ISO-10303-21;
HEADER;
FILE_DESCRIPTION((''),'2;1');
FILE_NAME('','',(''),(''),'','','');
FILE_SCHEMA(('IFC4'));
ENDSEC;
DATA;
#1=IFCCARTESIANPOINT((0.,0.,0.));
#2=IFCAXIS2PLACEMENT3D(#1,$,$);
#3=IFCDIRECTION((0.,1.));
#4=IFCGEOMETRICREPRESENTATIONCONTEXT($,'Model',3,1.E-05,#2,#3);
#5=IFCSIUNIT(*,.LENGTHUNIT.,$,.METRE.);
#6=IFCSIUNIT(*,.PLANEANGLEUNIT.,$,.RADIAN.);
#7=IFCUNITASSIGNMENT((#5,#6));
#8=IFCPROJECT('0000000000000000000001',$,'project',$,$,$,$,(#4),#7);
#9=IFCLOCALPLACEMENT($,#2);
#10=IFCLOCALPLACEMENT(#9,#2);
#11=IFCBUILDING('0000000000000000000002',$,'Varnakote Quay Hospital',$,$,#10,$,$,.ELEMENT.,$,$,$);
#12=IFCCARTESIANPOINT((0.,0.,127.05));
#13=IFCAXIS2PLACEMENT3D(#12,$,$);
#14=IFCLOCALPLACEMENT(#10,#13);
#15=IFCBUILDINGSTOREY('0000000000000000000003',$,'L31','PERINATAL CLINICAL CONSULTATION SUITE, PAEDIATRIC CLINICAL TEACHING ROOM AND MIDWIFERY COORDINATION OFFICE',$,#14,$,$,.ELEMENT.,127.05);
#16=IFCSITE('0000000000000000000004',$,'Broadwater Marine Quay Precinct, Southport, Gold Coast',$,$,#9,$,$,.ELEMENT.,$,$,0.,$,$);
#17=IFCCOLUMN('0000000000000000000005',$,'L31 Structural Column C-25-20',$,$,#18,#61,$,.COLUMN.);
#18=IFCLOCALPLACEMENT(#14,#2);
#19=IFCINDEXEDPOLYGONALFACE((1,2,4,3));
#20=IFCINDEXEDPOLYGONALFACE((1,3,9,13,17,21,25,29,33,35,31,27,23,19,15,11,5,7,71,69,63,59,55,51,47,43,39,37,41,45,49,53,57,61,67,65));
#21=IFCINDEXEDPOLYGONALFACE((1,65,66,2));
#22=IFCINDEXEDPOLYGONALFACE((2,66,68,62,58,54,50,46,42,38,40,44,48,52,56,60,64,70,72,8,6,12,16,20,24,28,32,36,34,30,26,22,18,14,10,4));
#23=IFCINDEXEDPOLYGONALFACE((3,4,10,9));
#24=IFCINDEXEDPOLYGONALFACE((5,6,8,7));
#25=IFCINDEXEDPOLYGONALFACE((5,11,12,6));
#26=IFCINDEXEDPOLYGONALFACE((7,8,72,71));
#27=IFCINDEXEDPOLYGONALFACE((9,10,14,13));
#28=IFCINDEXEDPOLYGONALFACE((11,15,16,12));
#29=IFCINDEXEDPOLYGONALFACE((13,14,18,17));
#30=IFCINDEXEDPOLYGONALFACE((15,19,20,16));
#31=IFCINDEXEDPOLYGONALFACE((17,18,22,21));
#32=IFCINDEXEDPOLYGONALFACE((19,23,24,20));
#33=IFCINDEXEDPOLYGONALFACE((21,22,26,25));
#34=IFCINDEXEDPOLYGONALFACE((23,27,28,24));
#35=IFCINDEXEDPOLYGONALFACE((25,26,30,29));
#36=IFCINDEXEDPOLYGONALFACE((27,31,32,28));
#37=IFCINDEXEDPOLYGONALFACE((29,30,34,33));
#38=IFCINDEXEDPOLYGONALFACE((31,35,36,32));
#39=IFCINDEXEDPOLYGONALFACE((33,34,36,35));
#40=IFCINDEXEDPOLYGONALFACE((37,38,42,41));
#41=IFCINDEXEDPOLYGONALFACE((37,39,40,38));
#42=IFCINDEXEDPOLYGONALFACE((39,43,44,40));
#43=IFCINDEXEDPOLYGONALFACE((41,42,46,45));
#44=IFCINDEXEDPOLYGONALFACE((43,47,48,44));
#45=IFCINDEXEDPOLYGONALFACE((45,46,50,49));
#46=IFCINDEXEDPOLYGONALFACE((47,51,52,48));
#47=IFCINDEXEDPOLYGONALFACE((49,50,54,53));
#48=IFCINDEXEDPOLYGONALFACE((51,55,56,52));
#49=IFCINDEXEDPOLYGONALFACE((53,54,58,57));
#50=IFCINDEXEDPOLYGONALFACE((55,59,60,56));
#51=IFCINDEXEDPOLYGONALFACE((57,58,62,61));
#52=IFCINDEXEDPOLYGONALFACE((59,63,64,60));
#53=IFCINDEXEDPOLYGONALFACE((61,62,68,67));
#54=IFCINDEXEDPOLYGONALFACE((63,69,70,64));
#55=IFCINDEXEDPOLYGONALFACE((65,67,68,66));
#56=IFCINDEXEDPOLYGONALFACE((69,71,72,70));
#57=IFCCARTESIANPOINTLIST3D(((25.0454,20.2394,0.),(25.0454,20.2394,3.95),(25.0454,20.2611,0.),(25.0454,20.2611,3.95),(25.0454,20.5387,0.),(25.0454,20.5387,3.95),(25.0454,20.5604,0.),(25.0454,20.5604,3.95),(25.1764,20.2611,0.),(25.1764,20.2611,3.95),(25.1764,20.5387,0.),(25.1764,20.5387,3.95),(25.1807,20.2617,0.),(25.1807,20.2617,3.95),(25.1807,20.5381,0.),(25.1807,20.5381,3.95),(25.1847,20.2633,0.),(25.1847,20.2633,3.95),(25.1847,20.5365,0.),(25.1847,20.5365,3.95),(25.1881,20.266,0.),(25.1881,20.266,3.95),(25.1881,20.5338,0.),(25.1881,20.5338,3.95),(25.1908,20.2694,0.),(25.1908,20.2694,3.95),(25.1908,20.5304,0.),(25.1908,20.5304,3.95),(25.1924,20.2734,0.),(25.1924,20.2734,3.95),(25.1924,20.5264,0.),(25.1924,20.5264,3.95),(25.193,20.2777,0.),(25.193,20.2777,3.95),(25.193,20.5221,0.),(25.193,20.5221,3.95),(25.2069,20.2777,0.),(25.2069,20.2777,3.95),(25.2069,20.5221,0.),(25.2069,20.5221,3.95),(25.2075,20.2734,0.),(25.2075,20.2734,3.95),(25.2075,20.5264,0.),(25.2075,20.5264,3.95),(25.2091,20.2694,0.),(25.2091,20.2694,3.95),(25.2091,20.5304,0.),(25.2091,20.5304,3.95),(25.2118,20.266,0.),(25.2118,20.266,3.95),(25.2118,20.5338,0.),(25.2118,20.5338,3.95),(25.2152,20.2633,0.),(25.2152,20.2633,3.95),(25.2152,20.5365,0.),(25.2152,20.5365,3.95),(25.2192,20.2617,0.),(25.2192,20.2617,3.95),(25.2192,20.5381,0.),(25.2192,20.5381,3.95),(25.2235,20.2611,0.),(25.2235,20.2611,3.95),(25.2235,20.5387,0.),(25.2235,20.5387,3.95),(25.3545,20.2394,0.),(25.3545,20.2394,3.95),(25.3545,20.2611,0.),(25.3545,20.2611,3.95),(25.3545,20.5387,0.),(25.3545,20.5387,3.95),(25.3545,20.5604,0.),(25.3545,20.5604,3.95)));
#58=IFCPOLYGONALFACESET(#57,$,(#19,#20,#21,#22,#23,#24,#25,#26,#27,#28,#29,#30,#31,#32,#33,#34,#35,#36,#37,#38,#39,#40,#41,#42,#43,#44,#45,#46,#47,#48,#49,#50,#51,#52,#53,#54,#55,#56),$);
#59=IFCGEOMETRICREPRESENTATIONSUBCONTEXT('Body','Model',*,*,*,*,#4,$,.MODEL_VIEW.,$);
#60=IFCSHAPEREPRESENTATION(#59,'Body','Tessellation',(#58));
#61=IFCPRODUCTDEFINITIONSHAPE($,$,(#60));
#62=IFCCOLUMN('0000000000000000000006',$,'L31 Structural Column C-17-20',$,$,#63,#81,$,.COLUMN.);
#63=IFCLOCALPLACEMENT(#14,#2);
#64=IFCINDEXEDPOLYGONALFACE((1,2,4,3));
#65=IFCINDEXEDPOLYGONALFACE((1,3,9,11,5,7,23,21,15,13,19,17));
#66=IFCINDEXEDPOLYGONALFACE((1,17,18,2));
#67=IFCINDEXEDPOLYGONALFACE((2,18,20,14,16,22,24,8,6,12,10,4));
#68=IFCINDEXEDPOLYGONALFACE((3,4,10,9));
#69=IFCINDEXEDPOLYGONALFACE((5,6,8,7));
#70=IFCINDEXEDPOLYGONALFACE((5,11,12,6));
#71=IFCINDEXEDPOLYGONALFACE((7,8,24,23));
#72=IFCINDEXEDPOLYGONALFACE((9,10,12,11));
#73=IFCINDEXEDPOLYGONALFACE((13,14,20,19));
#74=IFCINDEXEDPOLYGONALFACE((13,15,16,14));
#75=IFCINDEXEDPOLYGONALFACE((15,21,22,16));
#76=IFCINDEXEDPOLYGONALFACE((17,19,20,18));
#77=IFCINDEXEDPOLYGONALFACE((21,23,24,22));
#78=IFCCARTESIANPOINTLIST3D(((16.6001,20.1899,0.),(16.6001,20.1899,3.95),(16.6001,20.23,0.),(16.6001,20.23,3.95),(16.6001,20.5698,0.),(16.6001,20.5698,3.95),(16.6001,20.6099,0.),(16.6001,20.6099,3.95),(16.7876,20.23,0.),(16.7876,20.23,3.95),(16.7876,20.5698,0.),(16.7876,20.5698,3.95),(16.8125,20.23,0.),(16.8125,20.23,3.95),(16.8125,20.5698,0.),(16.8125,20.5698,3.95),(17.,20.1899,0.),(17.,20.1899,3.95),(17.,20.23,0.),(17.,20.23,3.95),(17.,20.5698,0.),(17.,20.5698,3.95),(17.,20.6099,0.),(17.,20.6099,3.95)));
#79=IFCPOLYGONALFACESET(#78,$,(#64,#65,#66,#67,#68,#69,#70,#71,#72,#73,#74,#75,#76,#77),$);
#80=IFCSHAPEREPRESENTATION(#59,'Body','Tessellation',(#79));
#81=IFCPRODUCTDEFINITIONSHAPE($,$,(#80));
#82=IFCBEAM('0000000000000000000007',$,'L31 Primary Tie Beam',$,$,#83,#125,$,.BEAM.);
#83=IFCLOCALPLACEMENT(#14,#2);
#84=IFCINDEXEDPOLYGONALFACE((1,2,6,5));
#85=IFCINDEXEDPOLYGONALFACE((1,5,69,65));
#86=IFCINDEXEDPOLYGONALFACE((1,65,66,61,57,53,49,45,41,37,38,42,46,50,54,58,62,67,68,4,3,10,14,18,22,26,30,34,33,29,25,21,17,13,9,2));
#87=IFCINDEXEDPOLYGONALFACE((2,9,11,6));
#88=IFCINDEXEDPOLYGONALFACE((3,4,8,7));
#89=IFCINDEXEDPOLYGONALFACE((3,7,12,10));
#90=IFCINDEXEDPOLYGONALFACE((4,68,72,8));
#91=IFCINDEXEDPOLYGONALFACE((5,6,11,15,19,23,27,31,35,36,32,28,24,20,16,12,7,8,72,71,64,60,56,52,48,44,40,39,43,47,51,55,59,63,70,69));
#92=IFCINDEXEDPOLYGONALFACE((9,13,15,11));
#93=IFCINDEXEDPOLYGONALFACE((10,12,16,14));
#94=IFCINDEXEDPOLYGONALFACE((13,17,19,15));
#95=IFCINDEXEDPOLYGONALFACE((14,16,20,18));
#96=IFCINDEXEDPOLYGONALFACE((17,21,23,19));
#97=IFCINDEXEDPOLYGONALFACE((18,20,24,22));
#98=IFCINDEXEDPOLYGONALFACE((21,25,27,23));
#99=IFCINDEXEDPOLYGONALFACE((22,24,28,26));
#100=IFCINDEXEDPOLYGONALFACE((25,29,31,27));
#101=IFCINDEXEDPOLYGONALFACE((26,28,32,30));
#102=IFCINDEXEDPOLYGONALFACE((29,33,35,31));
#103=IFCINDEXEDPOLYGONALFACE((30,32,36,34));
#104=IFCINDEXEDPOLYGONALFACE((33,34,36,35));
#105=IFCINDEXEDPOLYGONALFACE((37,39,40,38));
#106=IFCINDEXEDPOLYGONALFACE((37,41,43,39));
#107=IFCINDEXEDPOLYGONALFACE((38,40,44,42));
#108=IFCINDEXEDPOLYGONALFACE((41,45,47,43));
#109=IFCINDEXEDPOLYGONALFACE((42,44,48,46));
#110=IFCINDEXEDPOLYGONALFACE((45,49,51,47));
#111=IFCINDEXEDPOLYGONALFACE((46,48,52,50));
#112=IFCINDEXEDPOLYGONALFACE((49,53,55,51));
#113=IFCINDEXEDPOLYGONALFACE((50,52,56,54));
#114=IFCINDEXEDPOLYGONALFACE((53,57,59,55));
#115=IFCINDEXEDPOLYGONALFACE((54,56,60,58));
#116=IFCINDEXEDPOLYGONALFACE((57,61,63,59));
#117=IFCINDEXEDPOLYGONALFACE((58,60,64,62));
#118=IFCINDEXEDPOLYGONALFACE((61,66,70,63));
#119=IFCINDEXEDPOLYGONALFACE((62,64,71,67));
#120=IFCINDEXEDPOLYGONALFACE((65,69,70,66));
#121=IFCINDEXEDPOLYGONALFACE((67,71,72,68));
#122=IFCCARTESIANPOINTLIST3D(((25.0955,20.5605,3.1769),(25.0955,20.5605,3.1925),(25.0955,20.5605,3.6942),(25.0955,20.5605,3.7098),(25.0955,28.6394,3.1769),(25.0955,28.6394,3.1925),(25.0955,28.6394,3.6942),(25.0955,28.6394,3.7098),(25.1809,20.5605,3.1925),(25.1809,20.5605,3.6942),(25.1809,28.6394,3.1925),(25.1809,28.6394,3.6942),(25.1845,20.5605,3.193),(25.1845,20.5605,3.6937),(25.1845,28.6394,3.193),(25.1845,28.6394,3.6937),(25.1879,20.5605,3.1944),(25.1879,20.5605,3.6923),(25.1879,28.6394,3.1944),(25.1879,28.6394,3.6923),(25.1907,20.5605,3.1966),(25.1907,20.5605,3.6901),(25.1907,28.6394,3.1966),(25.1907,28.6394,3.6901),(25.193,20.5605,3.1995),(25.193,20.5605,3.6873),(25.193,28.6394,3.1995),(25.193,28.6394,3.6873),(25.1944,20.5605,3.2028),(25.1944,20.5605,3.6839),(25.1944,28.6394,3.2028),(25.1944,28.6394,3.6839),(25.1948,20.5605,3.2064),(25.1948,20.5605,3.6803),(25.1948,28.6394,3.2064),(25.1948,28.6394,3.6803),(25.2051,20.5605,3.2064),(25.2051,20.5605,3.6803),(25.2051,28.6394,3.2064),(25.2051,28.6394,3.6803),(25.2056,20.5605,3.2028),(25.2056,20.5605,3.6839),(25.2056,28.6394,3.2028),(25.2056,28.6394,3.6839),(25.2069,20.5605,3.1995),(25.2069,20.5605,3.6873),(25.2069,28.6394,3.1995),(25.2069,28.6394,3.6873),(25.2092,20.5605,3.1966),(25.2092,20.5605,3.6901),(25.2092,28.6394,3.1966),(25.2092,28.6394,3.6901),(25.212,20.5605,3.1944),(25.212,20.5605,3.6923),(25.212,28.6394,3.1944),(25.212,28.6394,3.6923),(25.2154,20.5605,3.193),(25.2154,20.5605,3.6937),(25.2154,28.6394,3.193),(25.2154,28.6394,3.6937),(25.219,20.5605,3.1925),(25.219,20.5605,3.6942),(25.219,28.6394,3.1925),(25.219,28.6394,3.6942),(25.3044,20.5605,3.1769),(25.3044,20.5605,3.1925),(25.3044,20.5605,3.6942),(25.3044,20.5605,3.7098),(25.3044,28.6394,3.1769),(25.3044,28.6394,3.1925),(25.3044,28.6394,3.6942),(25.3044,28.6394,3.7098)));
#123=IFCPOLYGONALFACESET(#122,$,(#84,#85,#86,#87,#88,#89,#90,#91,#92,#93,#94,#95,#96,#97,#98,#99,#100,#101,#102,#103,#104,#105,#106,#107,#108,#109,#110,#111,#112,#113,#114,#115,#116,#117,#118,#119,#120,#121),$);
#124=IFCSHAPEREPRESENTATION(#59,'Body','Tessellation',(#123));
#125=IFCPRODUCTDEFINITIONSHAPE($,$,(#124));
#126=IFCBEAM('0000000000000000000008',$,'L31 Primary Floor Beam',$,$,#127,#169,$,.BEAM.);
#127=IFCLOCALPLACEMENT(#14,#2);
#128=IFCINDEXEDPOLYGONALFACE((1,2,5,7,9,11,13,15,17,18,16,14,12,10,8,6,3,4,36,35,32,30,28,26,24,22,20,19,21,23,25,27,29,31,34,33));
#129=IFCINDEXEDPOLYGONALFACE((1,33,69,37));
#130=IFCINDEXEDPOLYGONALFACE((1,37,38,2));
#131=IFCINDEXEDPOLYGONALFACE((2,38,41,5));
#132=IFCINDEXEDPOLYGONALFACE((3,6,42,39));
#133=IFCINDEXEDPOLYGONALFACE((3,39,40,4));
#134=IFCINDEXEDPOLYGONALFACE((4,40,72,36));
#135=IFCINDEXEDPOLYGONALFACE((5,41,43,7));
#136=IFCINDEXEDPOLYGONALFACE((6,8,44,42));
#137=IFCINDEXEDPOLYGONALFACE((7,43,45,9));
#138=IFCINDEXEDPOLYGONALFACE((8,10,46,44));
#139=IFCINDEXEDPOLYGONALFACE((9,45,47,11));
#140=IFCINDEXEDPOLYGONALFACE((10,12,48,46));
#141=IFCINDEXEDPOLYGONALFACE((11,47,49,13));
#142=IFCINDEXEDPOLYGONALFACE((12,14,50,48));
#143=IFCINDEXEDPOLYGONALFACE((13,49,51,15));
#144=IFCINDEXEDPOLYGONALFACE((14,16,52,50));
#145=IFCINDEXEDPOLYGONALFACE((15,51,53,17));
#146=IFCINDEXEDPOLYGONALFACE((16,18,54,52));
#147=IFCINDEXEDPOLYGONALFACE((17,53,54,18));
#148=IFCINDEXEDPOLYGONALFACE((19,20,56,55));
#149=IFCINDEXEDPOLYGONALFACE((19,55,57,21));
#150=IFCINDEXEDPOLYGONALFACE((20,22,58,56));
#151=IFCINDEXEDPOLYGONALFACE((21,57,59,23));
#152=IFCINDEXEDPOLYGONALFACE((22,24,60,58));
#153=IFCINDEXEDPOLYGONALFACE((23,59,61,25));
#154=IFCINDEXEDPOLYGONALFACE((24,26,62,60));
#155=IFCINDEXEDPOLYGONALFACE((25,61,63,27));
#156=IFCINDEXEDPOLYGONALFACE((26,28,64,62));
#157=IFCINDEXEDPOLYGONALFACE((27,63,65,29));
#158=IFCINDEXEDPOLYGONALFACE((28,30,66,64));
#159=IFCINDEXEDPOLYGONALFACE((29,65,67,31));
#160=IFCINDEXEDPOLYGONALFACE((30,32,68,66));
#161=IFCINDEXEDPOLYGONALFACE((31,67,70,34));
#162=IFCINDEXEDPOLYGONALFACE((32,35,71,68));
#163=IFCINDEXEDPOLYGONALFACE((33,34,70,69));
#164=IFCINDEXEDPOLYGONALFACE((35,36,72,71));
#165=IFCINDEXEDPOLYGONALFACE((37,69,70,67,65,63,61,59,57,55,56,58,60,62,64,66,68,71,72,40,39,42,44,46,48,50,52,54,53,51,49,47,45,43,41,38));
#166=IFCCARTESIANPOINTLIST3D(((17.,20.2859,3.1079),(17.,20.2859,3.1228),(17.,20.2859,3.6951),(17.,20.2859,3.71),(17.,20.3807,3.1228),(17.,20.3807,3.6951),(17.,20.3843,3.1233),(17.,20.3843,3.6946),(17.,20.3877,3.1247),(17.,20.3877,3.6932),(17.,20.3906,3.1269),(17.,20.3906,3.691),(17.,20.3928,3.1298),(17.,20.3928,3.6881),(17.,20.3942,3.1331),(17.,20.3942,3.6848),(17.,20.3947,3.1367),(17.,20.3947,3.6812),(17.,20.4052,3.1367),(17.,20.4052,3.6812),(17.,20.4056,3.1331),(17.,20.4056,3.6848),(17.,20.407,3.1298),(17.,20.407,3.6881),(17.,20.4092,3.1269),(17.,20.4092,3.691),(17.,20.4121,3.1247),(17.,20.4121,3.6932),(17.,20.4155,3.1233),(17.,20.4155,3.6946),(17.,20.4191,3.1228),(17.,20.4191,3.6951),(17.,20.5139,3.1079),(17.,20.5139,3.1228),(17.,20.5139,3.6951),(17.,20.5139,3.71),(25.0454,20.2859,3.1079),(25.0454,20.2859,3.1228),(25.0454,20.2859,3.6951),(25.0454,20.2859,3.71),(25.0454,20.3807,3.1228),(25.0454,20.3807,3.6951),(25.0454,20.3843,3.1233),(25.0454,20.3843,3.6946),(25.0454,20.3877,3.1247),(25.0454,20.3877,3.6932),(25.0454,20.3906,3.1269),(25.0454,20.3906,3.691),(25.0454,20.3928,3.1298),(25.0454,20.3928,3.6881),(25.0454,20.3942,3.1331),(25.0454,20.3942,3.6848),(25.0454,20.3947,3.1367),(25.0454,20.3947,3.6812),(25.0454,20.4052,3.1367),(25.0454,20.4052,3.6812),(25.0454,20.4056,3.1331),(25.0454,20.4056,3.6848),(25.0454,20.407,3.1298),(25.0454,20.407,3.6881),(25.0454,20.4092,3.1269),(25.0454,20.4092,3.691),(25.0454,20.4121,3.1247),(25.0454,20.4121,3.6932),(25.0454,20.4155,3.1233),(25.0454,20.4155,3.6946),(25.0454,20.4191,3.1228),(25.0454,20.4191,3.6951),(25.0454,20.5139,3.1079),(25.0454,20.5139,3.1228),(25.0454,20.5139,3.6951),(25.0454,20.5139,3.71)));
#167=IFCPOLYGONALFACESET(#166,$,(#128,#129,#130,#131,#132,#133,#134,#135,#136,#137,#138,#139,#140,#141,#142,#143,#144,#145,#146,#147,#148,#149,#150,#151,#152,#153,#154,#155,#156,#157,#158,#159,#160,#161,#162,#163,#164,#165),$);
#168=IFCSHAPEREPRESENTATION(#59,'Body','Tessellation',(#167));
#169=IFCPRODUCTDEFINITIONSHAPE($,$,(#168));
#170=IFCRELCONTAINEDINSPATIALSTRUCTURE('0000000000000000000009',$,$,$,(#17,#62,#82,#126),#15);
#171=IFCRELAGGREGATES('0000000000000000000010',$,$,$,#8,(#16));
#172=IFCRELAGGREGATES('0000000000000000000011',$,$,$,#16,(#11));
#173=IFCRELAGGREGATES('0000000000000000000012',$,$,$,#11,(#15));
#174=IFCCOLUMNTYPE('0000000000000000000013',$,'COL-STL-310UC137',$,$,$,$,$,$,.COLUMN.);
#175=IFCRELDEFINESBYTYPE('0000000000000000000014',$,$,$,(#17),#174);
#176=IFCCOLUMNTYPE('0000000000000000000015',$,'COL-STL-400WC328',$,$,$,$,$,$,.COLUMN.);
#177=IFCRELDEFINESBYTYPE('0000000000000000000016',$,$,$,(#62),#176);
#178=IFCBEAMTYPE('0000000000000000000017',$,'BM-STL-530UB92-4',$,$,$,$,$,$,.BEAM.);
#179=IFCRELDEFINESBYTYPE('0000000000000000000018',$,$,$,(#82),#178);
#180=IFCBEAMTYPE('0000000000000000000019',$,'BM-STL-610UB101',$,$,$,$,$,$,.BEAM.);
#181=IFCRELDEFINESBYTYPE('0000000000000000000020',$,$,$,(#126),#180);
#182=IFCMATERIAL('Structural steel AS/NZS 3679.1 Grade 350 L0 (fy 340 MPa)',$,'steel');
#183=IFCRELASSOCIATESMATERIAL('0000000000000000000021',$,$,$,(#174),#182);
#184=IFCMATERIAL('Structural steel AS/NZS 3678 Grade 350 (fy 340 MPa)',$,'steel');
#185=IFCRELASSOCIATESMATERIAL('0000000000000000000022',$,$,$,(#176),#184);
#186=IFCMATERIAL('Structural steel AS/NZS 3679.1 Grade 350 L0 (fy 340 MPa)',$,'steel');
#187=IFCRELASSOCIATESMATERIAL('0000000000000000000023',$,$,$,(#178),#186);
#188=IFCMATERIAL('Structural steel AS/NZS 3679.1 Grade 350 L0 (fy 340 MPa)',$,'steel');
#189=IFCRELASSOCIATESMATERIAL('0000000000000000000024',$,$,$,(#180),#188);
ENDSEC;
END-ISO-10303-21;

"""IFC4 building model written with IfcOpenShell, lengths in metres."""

from ifc_helpers import new_model, si_unit, direction, frame, origin, origin_2d, place, context, subcontext, project, spatial, i_section, extrude, material, material_profile, profile_set, type_object, element, save


model = new_model("IFC4")

# Units and contexts
model_context = context("Model", 3, precision=1e-05, world=origin(), true_north=direction((0.0, 1.0)))
body_context = subcontext(model_context, "Body", "Model", "MODEL_VIEW")
ifc_project = project(units=[si_unit("LENGTHUNIT", "METRE"), si_unit("PLANEANGLEUNIT", "RADIAN")], contexts=[model_context])

# Site, building, storey
site_placement = place(None, origin())
site = spatial("IfcSite", under=ifc_project, at=site_placement, Name="Broadwater Marine Quay Precinct, Southport, Gold Coast", CompositionType="ELEMENT", RefElevation=0.0)
building_placement = place(site_placement, origin())
building = spatial("IfcBuilding", under=site, at=building_placement, Name="Varnakote Quay Hospital", CompositionType="ELEMENT")
storey_placement = place(building_placement, frame((0.0, 0.0, 127.05)))
storey = spatial("IfcBuildingStorey", under=building, at=storey_placement, Name="L31", Description="PERINATAL CLINICAL CONSULTATION SUITE, PAEDIATRIC CLINICAL TEACHING ROOM AND MIDWIFERY COORDINATION OFFICE", CompositionType="ELEMENT", Elevation=127.05)

# Columns
ifc_material_1 = material(Name="Structural steel AS/NZS 3679.1 Grade 350 L0 (fy 340 MPa)", Category="steel")
ifc_material_profile_1 = material_profile(ifc_material_1, i_section(OverallWidth=0.3091, OverallDepth=0.321, WebThickness=0.0139, FlangeThickness=0.0217, FilletRadius=0.0166, at=origin_2d()), Name="310UC137")
ifc_profile_set_1 = profile_set([ifc_material_profile_1], Name="Structural steel AS/NZS 3679.1 Grade 350 L0 (fy 340 MPa)")
column_type_1 = type_object("IfcColumnType", Name="COL-STL-310UC137", PredefinedType="COLUMN", material=ifc_profile_set_1)
column_1_placement = place(storey_placement, frame((25.2, 20.3999, 0.0), z_axis=(0.0, 0.0, 1.0), x_axis=(1.0, 0.0, 0.0)))
element("IfcColumn", 1, at=column_1_placement, inside=storey, type_object=column_type_1, Name="L31 Structural Column C-25-20", PredefinedType="COLUMN", context=body_context, shape_type="SweptSolid", body=[
    extrude(i_section(OverallWidth=0.3091, OverallDepth=0.321, WebThickness=0.0139, FlangeThickness=0.0217, FilletRadius=0.0166, at=origin_2d()), origin(), (0.0, 0.0, 1.0), 3.95),
])
ifc_material_2 = material(Name="Structural steel AS/NZS 3678 Grade 350 (fy 340 MPa)", Category="steel")
ifc_material_profile_2 = material_profile(ifc_material_2, i_section(OverallWidth=0.3999, OverallDepth=0.4199, WebThickness=0.0249, FlangeThickness=0.04, at=origin_2d()), Name="400WC328")
ifc_profile_set_2 = profile_set([ifc_material_profile_2], Name="Structural steel AS/NZS 3678 Grade 350 (fy 340 MPa)")
column_type_2 = type_object("IfcColumnType", Name="COL-STL-400WC328", PredefinedType="COLUMN", material=ifc_profile_set_2)
column_2_placement = place(storey_placement, frame((16.8, 20.3999, 0.0), z_axis=(0.0, 0.0, 1.0), x_axis=(1.0, 0.0, 0.0)))
element("IfcColumn", 2, at=column_2_placement, inside=storey, type_object=column_type_2, Name="L31 Structural Column C-17-20", PredefinedType="COLUMN", context=body_context, shape_type="SweptSolid", body=[
    extrude(i_section(OverallWidth=0.3999, OverallDepth=0.4199, WebThickness=0.0249, FlangeThickness=0.04, at=origin_2d()), origin(), (0.0, 0.0, 1.0), 3.95),
])

# Beams
ifc_material_3 = material(Name="Structural steel AS/NZS 3679.1 Grade 350 L0 (fy 340 MPa)", Category="steel")
ifc_material_profile_3 = material_profile(ifc_material_3, i_section(OverallWidth=0.209, OverallDepth=0.533, WebThickness=0.0103, FlangeThickness=0.0156, FilletRadius=0.0139, at=origin_2d()), Name="530UB92.4")
ifc_profile_set_3 = profile_set([ifc_material_profile_3], Name="Structural steel AS/NZS 3679.1 Grade 350 L0 (fy 340 MPa)")
beam_type_1 = type_object("IfcBeamType", Name="BM-STL-530UB92-4", PredefinedType="BEAM", material=ifc_profile_set_3)
beam_1_placement = place(storey_placement, frame((25.2, 20.5605, 3.4434), z_axis=(0.0, 1.0, 0.0), x_axis=(-1.0, 0.0, 0.0)))
element("IfcBeam", 3, at=beam_1_placement, inside=storey, type_object=beam_type_1, Name="L31 Primary Tie Beam", PredefinedType="BEAM", context=body_context, shape_type="SweptSolid", body=[
    extrude(i_section(OverallWidth=0.209, OverallDepth=0.533, WebThickness=0.0103, FlangeThickness=0.0156, FilletRadius=0.0139, at=origin_2d()), origin(), (0.0, 0.0, 1.0), 8.0789),
])
ifc_material_4 = material(Name="Structural steel AS/NZS 3679.1 Grade 350 L0 (fy 340 MPa)", Category="steel")
ifc_material_profile_4 = material_profile(ifc_material_4, i_section(OverallWidth=0.228, OverallDepth=0.6021, WebThickness=0.0105, FlangeThickness=0.0149, FilletRadius=0.0139, at=origin_2d()), Name="610UB101")
ifc_profile_set_4 = profile_set([ifc_material_profile_4], Name="Structural steel AS/NZS 3679.1 Grade 350 L0 (fy 340 MPa)")
beam_type_2 = type_object("IfcBeamType", Name="BM-STL-610UB101", PredefinedType="BEAM", material=ifc_profile_set_4)
for number, where, z_axis, x_axis, name in (
    (4, (17.0, 20.3999, 3.4089), (1.0, 0.0, 0.0), (0.0, 1.0, 0.0), "L31 Primary Floor Beam"),
):
    element("IfcBeam", number, at=place(storey_placement, frame(where, z_axis=z_axis, x_axis=x_axis)), inside=storey, type_object=beam_type_2, Name=name, PredefinedType="BEAM", context=body_context, shape_type="SweptSolid", body=[
        extrude(i_section(OverallWidth=0.228, OverallDepth=0.6021, WebThickness=0.0105, FlangeThickness=0.0149, FilletRadius=0.0139, at=origin_2d()), origin(), (0.0, 0.0, 1.0), 8.0454),
    ])

save(model, "model.ifc")
